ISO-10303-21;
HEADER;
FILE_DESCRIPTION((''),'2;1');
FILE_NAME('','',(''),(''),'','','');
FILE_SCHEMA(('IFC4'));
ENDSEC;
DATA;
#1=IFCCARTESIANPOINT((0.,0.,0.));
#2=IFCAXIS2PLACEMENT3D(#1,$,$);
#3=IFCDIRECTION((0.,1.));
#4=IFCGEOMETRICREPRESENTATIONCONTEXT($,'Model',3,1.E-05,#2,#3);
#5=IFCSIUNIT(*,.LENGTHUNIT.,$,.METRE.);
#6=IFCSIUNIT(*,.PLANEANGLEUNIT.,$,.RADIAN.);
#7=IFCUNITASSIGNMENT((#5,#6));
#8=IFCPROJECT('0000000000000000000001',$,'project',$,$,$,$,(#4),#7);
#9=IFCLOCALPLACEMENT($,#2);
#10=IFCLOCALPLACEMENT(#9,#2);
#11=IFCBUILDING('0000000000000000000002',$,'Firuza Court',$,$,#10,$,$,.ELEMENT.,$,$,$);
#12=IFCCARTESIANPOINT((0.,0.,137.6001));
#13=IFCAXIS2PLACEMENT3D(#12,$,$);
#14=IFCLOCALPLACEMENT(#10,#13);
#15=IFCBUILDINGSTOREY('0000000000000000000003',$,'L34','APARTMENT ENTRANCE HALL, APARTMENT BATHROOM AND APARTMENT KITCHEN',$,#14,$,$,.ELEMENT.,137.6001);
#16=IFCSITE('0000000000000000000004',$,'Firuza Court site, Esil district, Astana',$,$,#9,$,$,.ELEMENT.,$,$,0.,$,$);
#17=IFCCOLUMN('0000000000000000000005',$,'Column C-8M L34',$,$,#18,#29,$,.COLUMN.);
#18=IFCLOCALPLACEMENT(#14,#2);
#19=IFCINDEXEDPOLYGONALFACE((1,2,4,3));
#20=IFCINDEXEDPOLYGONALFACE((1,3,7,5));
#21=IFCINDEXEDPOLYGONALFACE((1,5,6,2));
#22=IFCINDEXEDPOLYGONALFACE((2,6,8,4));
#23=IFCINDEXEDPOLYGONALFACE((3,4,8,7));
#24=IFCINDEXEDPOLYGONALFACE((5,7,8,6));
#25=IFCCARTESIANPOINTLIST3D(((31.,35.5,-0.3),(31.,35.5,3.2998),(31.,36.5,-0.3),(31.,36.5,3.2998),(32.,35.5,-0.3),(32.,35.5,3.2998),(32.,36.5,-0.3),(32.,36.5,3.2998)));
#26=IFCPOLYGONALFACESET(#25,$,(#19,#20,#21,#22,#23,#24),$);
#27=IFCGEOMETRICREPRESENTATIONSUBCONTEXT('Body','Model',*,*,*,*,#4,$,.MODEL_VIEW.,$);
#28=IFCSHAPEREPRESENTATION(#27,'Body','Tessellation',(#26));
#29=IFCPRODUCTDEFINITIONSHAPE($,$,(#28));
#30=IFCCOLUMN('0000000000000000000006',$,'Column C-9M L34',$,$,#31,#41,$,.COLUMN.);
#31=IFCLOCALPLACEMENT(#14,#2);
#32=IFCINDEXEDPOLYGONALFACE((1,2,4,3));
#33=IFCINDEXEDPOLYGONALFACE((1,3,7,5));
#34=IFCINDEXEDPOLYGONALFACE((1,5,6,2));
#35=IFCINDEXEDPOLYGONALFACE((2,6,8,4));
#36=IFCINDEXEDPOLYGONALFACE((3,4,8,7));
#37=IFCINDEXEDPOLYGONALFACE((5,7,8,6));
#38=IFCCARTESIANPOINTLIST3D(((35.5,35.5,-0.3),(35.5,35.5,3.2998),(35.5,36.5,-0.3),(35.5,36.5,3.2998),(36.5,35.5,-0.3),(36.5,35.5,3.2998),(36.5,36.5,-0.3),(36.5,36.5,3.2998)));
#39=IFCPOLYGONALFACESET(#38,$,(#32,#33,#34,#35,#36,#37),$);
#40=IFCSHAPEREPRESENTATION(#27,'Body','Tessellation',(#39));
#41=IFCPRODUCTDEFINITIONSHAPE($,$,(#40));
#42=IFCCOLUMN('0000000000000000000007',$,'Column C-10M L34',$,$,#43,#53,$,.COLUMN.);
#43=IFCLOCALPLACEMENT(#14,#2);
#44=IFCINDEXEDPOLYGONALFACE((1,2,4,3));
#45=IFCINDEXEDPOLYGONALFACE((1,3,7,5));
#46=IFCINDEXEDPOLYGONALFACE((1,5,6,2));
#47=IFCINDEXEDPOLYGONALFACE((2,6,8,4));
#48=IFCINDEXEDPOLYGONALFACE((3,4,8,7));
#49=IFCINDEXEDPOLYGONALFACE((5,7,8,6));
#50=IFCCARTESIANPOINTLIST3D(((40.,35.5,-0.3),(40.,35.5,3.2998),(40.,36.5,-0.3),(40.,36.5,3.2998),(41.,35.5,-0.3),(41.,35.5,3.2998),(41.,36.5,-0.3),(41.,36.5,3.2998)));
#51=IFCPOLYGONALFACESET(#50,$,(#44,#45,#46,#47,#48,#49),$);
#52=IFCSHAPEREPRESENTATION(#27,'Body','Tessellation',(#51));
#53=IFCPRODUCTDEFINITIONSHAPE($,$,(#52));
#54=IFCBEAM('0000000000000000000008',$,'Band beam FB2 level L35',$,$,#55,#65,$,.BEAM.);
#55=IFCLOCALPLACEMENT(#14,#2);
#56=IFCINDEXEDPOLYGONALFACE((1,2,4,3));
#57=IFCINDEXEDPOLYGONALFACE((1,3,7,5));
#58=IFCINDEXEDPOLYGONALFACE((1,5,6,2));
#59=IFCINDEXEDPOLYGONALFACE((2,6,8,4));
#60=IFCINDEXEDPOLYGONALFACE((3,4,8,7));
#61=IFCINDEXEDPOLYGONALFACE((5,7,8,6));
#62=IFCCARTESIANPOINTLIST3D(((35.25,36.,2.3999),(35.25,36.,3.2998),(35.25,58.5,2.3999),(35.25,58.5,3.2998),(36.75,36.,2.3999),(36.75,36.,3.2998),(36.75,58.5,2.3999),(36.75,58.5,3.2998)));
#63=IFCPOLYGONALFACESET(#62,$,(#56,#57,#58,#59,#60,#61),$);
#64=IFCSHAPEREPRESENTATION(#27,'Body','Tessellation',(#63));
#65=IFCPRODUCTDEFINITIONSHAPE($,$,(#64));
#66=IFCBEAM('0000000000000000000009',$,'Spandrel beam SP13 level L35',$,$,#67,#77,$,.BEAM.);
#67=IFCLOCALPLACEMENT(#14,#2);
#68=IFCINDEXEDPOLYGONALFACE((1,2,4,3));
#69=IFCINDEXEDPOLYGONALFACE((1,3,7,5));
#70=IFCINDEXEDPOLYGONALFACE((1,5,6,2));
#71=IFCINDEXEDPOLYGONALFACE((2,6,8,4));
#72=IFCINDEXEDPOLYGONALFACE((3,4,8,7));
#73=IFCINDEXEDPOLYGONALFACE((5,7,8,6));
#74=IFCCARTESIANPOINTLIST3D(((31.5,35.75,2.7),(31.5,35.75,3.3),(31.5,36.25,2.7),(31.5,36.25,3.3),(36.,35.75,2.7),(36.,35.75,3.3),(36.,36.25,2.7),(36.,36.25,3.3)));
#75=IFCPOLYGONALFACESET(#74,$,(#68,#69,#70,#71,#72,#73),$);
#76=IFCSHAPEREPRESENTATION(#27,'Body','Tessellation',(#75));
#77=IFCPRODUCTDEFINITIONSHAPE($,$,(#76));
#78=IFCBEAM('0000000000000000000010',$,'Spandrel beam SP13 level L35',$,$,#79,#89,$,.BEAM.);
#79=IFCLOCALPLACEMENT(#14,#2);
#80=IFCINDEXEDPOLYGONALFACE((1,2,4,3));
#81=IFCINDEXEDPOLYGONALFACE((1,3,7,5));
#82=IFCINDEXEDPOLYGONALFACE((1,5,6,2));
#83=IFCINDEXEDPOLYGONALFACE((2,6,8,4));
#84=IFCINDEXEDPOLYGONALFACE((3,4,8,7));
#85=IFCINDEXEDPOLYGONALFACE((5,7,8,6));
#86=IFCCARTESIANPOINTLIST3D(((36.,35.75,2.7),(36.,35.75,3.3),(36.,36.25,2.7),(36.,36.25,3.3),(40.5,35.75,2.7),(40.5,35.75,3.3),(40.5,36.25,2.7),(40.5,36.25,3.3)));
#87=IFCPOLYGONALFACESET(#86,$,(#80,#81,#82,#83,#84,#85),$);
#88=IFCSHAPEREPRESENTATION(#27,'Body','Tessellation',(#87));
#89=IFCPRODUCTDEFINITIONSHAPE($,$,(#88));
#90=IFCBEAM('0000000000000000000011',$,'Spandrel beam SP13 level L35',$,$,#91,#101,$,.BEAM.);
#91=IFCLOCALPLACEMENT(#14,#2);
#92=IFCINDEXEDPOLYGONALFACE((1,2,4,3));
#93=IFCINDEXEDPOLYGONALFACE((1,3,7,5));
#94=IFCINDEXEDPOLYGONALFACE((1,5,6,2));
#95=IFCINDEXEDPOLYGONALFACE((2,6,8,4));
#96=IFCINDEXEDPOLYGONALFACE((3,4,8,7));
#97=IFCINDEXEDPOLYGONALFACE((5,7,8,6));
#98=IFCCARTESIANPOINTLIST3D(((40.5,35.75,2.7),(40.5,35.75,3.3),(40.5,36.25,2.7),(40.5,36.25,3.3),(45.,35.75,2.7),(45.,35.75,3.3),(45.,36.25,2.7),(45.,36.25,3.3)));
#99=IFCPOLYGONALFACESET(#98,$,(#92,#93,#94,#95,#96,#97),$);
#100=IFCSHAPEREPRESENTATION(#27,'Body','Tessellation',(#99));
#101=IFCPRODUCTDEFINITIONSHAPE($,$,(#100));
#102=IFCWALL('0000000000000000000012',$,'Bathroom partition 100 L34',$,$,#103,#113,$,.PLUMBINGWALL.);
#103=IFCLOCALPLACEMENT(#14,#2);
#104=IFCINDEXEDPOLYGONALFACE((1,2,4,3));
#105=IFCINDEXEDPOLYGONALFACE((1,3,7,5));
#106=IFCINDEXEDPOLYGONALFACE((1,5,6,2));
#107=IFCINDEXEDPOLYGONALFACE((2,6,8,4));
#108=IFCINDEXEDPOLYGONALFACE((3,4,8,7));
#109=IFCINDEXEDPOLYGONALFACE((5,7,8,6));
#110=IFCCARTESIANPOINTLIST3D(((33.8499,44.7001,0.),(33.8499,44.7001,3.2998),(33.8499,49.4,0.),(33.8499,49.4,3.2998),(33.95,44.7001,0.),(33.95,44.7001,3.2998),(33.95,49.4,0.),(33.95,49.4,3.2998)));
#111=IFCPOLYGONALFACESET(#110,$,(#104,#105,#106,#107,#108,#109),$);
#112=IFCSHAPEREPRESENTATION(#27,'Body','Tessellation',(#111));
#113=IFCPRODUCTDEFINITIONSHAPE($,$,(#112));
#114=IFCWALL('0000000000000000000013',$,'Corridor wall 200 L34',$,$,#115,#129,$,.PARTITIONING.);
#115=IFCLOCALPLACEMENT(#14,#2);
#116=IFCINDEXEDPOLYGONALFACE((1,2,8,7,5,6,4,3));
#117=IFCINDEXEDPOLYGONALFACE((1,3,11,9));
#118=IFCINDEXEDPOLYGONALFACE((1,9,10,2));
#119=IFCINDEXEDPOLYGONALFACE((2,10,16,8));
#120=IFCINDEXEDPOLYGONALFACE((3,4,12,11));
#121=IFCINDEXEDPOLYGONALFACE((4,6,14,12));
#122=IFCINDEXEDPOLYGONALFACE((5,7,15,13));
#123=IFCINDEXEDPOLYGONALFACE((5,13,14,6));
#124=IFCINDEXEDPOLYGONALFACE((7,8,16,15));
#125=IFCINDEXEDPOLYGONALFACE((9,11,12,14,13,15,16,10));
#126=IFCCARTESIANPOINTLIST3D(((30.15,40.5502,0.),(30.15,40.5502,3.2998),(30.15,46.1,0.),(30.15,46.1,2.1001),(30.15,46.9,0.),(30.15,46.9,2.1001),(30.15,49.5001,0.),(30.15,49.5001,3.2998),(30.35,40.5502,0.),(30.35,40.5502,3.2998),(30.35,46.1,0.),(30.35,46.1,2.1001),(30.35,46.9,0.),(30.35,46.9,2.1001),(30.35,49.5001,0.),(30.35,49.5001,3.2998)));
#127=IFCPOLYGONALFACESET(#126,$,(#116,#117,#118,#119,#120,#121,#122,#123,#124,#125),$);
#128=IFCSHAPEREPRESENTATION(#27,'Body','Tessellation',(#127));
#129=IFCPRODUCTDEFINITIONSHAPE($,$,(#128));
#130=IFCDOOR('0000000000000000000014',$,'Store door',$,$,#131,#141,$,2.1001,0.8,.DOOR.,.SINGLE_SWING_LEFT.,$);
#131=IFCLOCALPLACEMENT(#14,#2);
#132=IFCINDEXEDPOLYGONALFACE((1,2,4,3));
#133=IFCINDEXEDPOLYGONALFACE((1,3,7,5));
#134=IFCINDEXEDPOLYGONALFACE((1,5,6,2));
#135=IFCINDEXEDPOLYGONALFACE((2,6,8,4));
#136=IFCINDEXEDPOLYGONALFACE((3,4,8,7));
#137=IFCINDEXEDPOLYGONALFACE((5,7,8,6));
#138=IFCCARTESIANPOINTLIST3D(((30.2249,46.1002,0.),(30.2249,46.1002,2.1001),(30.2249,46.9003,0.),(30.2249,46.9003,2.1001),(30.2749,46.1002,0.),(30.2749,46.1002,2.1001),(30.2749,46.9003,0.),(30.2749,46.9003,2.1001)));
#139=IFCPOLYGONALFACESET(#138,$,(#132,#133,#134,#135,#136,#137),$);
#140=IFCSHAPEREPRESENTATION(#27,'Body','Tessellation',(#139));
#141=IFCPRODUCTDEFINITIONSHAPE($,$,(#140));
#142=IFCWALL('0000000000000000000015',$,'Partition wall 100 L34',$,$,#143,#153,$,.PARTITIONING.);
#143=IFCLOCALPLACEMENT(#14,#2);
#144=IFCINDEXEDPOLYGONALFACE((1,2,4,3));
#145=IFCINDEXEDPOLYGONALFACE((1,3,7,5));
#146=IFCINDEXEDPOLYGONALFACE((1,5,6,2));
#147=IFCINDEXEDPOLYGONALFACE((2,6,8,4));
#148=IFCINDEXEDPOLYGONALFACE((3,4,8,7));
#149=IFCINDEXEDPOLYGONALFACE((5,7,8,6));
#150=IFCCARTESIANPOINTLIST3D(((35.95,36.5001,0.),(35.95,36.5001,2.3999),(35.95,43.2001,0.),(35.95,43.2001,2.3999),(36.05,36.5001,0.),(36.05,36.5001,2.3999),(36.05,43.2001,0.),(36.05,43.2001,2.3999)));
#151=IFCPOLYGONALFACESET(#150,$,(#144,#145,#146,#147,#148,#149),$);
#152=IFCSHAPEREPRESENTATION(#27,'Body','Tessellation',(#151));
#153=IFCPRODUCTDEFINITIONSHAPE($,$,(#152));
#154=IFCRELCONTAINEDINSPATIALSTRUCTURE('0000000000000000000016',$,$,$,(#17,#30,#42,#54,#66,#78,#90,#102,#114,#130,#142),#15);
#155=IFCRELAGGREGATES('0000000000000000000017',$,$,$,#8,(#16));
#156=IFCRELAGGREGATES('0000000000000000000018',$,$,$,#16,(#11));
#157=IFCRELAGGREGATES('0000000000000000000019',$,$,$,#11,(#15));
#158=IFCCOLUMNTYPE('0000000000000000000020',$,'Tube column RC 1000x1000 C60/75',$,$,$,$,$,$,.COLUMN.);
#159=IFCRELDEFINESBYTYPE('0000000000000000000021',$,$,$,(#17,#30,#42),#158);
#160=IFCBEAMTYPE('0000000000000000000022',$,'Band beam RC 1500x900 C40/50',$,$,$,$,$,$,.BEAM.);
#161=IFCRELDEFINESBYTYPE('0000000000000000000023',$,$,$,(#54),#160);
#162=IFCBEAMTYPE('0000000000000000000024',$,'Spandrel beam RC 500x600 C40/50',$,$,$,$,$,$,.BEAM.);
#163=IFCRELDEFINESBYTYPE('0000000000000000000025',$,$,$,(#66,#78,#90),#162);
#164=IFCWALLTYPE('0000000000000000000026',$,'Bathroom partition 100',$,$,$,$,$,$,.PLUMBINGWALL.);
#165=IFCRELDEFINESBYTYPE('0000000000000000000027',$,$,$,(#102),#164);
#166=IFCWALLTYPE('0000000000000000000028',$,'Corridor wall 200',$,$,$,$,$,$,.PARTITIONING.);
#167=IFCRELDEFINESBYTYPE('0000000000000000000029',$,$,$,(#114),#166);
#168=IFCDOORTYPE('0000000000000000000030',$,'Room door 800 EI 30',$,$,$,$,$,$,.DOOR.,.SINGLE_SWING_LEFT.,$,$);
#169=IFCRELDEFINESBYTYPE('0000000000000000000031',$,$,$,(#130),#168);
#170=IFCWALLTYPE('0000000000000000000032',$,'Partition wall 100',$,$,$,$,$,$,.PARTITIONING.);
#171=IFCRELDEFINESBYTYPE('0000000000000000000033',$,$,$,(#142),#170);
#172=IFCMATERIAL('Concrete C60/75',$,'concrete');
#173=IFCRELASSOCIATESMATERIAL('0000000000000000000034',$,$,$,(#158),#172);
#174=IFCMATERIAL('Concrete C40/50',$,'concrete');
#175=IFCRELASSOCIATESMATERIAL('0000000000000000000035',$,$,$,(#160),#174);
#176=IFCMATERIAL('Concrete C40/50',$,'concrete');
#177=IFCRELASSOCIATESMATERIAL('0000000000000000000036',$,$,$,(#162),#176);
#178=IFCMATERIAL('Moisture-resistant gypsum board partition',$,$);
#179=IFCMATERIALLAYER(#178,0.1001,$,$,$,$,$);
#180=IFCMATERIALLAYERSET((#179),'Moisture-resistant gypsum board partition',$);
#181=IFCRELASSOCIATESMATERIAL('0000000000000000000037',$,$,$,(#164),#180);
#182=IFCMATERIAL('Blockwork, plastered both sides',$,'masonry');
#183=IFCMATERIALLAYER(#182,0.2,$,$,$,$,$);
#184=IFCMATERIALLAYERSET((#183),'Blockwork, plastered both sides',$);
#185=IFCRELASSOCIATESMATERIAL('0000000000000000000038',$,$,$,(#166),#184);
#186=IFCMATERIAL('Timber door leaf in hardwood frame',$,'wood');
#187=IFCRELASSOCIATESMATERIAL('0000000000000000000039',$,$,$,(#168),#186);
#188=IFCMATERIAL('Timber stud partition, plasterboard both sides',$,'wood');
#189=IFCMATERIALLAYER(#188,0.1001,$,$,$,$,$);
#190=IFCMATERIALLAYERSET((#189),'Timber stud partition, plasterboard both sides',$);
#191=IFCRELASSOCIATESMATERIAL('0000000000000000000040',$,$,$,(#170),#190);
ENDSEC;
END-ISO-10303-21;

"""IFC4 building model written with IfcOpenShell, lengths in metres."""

from ifc_helpers import new_model, si_unit, direction, frame, frame_2d, origin, origin_2d, place, context, subcontext, project, spatial, rectangle, extrude, material, layer, layer_set, material_profile, profile_set, type_object, element, fill, save


model = new_model("IFC4")

# Units and contexts
model_context = context("Model", 3, precision=1e-05, world=origin(), true_north=direction((0.0, 1.0)))
body_context = subcontext(model_context, "Body", "Model", "MODEL_VIEW")
ifc_project = project(units=[si_unit("LENGTHUNIT", "METRE"), si_unit("PLANEANGLEUNIT", "RADIAN")], contexts=[model_context])

# Site, building, storey
site_placement = place(None, origin())
site = spatial("IfcSite", under=ifc_project, at=site_placement, Name="Firuza Court site, Esil district, Astana", CompositionType="ELEMENT", RefElevation=0.0)
building_placement = place(site_placement, origin())
building = spatial("IfcBuilding", under=site, at=building_placement, Name="Firuza Court", CompositionType="ELEMENT")
storey_placement = place(building_placement, frame((0.0, 0.0, 137.6001)))
storey = spatial("IfcBuildingStorey", under=building, at=storey_placement, Name="L34", Description="APARTMENT ENTRANCE HALL, APARTMENT BATHROOM AND APARTMENT KITCHEN", CompositionType="ELEMENT", Elevation=137.6001)

# Columns
ifc_material_1 = material(Name="Concrete C60/75", Category="concrete")
ifc_material_profile_1 = material_profile(ifc_material_1, rectangle(XDim=1.0, YDim=1.0, at=origin_2d()), Name="RC 1000x1000")
ifc_profile_set_1 = profile_set([ifc_material_profile_1], Name="Concrete C60/75")
column_type = type_object("IfcColumnType", Name="Tube column RC 1000x1000 C60/75", PredefinedType="COLUMN", material=ifc_profile_set_1)
for number, where, z_axis, x_axis, name in (
    (1, (31.5, 36.0, -0.3), (0.0, 0.0, 1.0), (1.0, 0.0, 0.0), "Column C-8M L34"),
    (2, (36.0, 36.0, -0.3), (0.0, 0.0, 1.0), (1.0, 0.0, 0.0), "Column C-9M L34"),
    (3, (40.5, 36.0, -0.3), (0.0, 0.0, 1.0), (1.0, 0.0, 0.0), "Column C-10M L34"),
):
    element("IfcColumn", number, at=place(storey_placement, frame(where, z_axis=z_axis, x_axis=x_axis)), inside=storey, type_object=column_type, Name=name, PredefinedType="COLUMN", context=body_context, shape_type="SweptSolid", body=[
        extrude(rectangle(XDim=1.0, YDim=1.0, at=origin_2d()), origin(), (0.0, 0.0, 1.0), 3.5999),
    ])

# Beams
ifc_material_2 = material(Name="Concrete C40/50", Category="concrete")
ifc_material_profile_2 = material_profile(ifc_material_2, rectangle(XDim=1.5, YDim=0.8999, at=origin_2d()), Name="RC 1500x900")
ifc_profile_set_2 = profile_set([ifc_material_profile_2], Name="Concrete C40/50")
beam_type_1 = type_object("IfcBeamType", Name="Band beam RC 1500x900 C40/50", PredefinedType="BEAM", material=ifc_profile_set_2)
beam_placement = place(storey_placement, frame((36.0, 36.0, 2.8499), z_axis=(0.0, 1.0, 0.0), x_axis=(-1.0, 0.0, 0.0)))
element("IfcBeam", 4, at=beam_placement, inside=storey, type_object=beam_type_1, Name="Band beam FB2 level L35", PredefinedType="BEAM", context=body_context, shape_type="SweptSolid", body=[
    extrude(rectangle(XDim=1.5, YDim=0.8999, at=origin_2d()), origin(), (0.0, 0.0, 1.0), 22.5),
])
ifc_material_3 = material(Name="Concrete C40/50", Category="concrete")
ifc_material_profile_3 = material_profile(ifc_material_3, rectangle(XDim=0.5, YDim=0.6001, at=origin_2d()), Name="RC 500x600")
ifc_profile_set_3 = profile_set([ifc_material_profile_3], Name="Concrete C40/50")
beam_type_2 = type_object("IfcBeamType", Name="Spandrel beam RC 500x600 C40/50", PredefinedType="BEAM", material=ifc_profile_set_3)
for number, where, z_axis, x_axis, name in (
    (5, (31.5, 36.0, 3.0), (1.0, 0.0, 0.0), (0.0, 1.0, 0.0), "Spandrel beam SP13 level L35"),
    (6, (36.0, 36.0, 3.0), (1.0, 0.0, 0.0), (0.0, 1.0, 0.0), "Spandrel beam SP13 level L35"),
    (7, (40.5, 36.0, 3.0), (1.0, 0.0, 0.0), (0.0, 1.0, 0.0), "Spandrel beam SP13 level L35"),
):
    element("IfcBeam", number, at=place(storey_placement, frame(where, z_axis=z_axis, x_axis=x_axis)), inside=storey, type_object=beam_type_2, Name=name, PredefinedType="BEAM", context=body_context, shape_type="SweptSolid", body=[
        extrude(rectangle(XDim=0.5, YDim=0.6001, at=origin_2d()), origin(), (0.0, 0.0, 1.0), 4.5),
    ])

# Wall
ifc_material_4 = material(Name="Moisture-resistant gypsum board partition")
ifc_layer_1 = layer(ifc_material_4, 0.1001)
ifc_layer_set_1 = layer_set([ifc_layer_1], Name="Moisture-resistant gypsum board partition")
wall_type_1 = type_object("IfcWallType", Name="Bathroom partition 100", PredefinedType="PLUMBINGWALL", material=ifc_layer_set_1)
wall_1_placement = place(storey_placement, frame((33.8999, 44.7, 0.0), z_axis=(0.0, 0.0, 1.0), x_axis=(0.0, 1.0, 0.0)))
element("IfcWall", 8, at=wall_1_placement, inside=storey, type_object=wall_type_1, Name="Bathroom partition 100 L34", PredefinedType="PLUMBINGWALL", context=body_context, shape_type="SweptSolid", body=[
    extrude(rectangle(XDim=4.7, YDim=0.1001, at=frame_2d((2.3501, 0.0))), origin(), (0.0, 0.0, 1.0), 3.2998),
])

# Wall, opening, door
ifc_material_5 = material(Name="Blockwork, plastered both sides", Category="masonry")
ifc_layer_2 = layer(ifc_material_5, 0.2)
ifc_layer_set_2 = layer_set([ifc_layer_2], Name="Blockwork, plastered both sides")
wall_type_2 = type_object("IfcWallType", Name="Corridor wall 200", PredefinedType="PARTITIONING", material=ifc_layer_set_2)
wall_2_placement = place(storey_placement, frame((30.25, 40.55, 0.0), z_axis=(0.0, 0.0, 1.0), x_axis=(0.0, 1.0, 0.0)))
wall_2 = element("IfcWall", 9, at=wall_2_placement, inside=storey, type_object=wall_type_2, Name="Corridor wall 200 L34", PredefinedType="PARTITIONING", context=body_context, shape_type="SweptSolid", body=[
    extrude(rectangle(XDim=8.95, YDim=0.2, at=frame_2d((4.4751, 0.0))), origin(), (0.0, 0.0, 1.0), 3.2998),
])
opening_1_placement = place(wall_2_placement, frame((5.55, 0.0, 0.0)))
opening_1 = element("IfcOpeningElement", 10, at=opening_1_placement, cuts=wall_2, PredefinedType="OPENING", context=body_context, shape_type="SweptSolid", body=[
    extrude(rectangle(XDim=0.8, YDim=2.1001, at=frame_2d((0.3999, 1.05))), frame((0.0, 0.1118, 0.0), z_axis=(0.0, -1.0, 0.0), x_axis=(1.0, 0.0, 0.0)), (0.0, 0.0, 1.0), 0.2239),
])
ifc_material_6 = material(Name="Timber door leaf in hardwood frame", Category="wood")
door_type_1 = type_object("IfcDoorType", Name="Room door 800 EI 30", OperationType="SINGLE_SWING_LEFT", PredefinedType="DOOR", material=ifc_material_6)
door_1_placement = place(opening_1_placement, frame((0.8, 0.0, 0.0), z_axis=(0.0, 0.0, 1.0), x_axis=(-1.0, 0.0, 0.0)))
door_1 = element("IfcDoor", 11, at=door_1_placement, inside=storey, type_object=door_type_1, Name="Store door", OperationType="SINGLE_SWING_LEFT", OverallHeight=2.1001, OverallWidth=0.8, PredefinedType="DOOR", context=body_context, shape_type="SweptSolid", body=[
    extrude(rectangle(XDim=0.8, YDim=2.1001, at=frame_2d((0.3999, 1.05))), frame((0.0, 0.0249, 0.0), z_axis=(0.0, -1.0, 0.0), x_axis=(1.0, 0.0, 0.0)), (0.0, 0.0, 1.0), 0.05),
])
fill(opening_1, door_1)

# Wall
ifc_material_7 = material(Name="Timber stud partition, plasterboard both sides", Category="wood")
ifc_layer_3 = layer(ifc_material_7, 0.1001)
ifc_layer_set_3 = layer_set([ifc_layer_3], Name="Timber stud partition, plasterboard both sides")
wall_type_3 = type_object("IfcWallType", Name="Partition wall 100", PredefinedType="PARTITIONING", material=ifc_layer_set_3)
wall_3_placement = place(storey_placement, frame((36.0, 36.5, 0.0), z_axis=(0.0, 0.0, 1.0), x_axis=(0.0, 1.0, 0.0)))
element("IfcWall", 12, at=wall_3_placement, inside=storey, type_object=wall_type_3, Name="Partition wall 100 L34", PredefinedType="PARTITIONING", context=body_context, shape_type="SweptSolid", body=[
    extrude(rectangle(XDim=6.7, YDim=0.1001, at=frame_2d((3.3501, 0.0))), origin(), (0.0, 0.0, 1.0), 2.3999),
])

save(model, "model.ifc")
